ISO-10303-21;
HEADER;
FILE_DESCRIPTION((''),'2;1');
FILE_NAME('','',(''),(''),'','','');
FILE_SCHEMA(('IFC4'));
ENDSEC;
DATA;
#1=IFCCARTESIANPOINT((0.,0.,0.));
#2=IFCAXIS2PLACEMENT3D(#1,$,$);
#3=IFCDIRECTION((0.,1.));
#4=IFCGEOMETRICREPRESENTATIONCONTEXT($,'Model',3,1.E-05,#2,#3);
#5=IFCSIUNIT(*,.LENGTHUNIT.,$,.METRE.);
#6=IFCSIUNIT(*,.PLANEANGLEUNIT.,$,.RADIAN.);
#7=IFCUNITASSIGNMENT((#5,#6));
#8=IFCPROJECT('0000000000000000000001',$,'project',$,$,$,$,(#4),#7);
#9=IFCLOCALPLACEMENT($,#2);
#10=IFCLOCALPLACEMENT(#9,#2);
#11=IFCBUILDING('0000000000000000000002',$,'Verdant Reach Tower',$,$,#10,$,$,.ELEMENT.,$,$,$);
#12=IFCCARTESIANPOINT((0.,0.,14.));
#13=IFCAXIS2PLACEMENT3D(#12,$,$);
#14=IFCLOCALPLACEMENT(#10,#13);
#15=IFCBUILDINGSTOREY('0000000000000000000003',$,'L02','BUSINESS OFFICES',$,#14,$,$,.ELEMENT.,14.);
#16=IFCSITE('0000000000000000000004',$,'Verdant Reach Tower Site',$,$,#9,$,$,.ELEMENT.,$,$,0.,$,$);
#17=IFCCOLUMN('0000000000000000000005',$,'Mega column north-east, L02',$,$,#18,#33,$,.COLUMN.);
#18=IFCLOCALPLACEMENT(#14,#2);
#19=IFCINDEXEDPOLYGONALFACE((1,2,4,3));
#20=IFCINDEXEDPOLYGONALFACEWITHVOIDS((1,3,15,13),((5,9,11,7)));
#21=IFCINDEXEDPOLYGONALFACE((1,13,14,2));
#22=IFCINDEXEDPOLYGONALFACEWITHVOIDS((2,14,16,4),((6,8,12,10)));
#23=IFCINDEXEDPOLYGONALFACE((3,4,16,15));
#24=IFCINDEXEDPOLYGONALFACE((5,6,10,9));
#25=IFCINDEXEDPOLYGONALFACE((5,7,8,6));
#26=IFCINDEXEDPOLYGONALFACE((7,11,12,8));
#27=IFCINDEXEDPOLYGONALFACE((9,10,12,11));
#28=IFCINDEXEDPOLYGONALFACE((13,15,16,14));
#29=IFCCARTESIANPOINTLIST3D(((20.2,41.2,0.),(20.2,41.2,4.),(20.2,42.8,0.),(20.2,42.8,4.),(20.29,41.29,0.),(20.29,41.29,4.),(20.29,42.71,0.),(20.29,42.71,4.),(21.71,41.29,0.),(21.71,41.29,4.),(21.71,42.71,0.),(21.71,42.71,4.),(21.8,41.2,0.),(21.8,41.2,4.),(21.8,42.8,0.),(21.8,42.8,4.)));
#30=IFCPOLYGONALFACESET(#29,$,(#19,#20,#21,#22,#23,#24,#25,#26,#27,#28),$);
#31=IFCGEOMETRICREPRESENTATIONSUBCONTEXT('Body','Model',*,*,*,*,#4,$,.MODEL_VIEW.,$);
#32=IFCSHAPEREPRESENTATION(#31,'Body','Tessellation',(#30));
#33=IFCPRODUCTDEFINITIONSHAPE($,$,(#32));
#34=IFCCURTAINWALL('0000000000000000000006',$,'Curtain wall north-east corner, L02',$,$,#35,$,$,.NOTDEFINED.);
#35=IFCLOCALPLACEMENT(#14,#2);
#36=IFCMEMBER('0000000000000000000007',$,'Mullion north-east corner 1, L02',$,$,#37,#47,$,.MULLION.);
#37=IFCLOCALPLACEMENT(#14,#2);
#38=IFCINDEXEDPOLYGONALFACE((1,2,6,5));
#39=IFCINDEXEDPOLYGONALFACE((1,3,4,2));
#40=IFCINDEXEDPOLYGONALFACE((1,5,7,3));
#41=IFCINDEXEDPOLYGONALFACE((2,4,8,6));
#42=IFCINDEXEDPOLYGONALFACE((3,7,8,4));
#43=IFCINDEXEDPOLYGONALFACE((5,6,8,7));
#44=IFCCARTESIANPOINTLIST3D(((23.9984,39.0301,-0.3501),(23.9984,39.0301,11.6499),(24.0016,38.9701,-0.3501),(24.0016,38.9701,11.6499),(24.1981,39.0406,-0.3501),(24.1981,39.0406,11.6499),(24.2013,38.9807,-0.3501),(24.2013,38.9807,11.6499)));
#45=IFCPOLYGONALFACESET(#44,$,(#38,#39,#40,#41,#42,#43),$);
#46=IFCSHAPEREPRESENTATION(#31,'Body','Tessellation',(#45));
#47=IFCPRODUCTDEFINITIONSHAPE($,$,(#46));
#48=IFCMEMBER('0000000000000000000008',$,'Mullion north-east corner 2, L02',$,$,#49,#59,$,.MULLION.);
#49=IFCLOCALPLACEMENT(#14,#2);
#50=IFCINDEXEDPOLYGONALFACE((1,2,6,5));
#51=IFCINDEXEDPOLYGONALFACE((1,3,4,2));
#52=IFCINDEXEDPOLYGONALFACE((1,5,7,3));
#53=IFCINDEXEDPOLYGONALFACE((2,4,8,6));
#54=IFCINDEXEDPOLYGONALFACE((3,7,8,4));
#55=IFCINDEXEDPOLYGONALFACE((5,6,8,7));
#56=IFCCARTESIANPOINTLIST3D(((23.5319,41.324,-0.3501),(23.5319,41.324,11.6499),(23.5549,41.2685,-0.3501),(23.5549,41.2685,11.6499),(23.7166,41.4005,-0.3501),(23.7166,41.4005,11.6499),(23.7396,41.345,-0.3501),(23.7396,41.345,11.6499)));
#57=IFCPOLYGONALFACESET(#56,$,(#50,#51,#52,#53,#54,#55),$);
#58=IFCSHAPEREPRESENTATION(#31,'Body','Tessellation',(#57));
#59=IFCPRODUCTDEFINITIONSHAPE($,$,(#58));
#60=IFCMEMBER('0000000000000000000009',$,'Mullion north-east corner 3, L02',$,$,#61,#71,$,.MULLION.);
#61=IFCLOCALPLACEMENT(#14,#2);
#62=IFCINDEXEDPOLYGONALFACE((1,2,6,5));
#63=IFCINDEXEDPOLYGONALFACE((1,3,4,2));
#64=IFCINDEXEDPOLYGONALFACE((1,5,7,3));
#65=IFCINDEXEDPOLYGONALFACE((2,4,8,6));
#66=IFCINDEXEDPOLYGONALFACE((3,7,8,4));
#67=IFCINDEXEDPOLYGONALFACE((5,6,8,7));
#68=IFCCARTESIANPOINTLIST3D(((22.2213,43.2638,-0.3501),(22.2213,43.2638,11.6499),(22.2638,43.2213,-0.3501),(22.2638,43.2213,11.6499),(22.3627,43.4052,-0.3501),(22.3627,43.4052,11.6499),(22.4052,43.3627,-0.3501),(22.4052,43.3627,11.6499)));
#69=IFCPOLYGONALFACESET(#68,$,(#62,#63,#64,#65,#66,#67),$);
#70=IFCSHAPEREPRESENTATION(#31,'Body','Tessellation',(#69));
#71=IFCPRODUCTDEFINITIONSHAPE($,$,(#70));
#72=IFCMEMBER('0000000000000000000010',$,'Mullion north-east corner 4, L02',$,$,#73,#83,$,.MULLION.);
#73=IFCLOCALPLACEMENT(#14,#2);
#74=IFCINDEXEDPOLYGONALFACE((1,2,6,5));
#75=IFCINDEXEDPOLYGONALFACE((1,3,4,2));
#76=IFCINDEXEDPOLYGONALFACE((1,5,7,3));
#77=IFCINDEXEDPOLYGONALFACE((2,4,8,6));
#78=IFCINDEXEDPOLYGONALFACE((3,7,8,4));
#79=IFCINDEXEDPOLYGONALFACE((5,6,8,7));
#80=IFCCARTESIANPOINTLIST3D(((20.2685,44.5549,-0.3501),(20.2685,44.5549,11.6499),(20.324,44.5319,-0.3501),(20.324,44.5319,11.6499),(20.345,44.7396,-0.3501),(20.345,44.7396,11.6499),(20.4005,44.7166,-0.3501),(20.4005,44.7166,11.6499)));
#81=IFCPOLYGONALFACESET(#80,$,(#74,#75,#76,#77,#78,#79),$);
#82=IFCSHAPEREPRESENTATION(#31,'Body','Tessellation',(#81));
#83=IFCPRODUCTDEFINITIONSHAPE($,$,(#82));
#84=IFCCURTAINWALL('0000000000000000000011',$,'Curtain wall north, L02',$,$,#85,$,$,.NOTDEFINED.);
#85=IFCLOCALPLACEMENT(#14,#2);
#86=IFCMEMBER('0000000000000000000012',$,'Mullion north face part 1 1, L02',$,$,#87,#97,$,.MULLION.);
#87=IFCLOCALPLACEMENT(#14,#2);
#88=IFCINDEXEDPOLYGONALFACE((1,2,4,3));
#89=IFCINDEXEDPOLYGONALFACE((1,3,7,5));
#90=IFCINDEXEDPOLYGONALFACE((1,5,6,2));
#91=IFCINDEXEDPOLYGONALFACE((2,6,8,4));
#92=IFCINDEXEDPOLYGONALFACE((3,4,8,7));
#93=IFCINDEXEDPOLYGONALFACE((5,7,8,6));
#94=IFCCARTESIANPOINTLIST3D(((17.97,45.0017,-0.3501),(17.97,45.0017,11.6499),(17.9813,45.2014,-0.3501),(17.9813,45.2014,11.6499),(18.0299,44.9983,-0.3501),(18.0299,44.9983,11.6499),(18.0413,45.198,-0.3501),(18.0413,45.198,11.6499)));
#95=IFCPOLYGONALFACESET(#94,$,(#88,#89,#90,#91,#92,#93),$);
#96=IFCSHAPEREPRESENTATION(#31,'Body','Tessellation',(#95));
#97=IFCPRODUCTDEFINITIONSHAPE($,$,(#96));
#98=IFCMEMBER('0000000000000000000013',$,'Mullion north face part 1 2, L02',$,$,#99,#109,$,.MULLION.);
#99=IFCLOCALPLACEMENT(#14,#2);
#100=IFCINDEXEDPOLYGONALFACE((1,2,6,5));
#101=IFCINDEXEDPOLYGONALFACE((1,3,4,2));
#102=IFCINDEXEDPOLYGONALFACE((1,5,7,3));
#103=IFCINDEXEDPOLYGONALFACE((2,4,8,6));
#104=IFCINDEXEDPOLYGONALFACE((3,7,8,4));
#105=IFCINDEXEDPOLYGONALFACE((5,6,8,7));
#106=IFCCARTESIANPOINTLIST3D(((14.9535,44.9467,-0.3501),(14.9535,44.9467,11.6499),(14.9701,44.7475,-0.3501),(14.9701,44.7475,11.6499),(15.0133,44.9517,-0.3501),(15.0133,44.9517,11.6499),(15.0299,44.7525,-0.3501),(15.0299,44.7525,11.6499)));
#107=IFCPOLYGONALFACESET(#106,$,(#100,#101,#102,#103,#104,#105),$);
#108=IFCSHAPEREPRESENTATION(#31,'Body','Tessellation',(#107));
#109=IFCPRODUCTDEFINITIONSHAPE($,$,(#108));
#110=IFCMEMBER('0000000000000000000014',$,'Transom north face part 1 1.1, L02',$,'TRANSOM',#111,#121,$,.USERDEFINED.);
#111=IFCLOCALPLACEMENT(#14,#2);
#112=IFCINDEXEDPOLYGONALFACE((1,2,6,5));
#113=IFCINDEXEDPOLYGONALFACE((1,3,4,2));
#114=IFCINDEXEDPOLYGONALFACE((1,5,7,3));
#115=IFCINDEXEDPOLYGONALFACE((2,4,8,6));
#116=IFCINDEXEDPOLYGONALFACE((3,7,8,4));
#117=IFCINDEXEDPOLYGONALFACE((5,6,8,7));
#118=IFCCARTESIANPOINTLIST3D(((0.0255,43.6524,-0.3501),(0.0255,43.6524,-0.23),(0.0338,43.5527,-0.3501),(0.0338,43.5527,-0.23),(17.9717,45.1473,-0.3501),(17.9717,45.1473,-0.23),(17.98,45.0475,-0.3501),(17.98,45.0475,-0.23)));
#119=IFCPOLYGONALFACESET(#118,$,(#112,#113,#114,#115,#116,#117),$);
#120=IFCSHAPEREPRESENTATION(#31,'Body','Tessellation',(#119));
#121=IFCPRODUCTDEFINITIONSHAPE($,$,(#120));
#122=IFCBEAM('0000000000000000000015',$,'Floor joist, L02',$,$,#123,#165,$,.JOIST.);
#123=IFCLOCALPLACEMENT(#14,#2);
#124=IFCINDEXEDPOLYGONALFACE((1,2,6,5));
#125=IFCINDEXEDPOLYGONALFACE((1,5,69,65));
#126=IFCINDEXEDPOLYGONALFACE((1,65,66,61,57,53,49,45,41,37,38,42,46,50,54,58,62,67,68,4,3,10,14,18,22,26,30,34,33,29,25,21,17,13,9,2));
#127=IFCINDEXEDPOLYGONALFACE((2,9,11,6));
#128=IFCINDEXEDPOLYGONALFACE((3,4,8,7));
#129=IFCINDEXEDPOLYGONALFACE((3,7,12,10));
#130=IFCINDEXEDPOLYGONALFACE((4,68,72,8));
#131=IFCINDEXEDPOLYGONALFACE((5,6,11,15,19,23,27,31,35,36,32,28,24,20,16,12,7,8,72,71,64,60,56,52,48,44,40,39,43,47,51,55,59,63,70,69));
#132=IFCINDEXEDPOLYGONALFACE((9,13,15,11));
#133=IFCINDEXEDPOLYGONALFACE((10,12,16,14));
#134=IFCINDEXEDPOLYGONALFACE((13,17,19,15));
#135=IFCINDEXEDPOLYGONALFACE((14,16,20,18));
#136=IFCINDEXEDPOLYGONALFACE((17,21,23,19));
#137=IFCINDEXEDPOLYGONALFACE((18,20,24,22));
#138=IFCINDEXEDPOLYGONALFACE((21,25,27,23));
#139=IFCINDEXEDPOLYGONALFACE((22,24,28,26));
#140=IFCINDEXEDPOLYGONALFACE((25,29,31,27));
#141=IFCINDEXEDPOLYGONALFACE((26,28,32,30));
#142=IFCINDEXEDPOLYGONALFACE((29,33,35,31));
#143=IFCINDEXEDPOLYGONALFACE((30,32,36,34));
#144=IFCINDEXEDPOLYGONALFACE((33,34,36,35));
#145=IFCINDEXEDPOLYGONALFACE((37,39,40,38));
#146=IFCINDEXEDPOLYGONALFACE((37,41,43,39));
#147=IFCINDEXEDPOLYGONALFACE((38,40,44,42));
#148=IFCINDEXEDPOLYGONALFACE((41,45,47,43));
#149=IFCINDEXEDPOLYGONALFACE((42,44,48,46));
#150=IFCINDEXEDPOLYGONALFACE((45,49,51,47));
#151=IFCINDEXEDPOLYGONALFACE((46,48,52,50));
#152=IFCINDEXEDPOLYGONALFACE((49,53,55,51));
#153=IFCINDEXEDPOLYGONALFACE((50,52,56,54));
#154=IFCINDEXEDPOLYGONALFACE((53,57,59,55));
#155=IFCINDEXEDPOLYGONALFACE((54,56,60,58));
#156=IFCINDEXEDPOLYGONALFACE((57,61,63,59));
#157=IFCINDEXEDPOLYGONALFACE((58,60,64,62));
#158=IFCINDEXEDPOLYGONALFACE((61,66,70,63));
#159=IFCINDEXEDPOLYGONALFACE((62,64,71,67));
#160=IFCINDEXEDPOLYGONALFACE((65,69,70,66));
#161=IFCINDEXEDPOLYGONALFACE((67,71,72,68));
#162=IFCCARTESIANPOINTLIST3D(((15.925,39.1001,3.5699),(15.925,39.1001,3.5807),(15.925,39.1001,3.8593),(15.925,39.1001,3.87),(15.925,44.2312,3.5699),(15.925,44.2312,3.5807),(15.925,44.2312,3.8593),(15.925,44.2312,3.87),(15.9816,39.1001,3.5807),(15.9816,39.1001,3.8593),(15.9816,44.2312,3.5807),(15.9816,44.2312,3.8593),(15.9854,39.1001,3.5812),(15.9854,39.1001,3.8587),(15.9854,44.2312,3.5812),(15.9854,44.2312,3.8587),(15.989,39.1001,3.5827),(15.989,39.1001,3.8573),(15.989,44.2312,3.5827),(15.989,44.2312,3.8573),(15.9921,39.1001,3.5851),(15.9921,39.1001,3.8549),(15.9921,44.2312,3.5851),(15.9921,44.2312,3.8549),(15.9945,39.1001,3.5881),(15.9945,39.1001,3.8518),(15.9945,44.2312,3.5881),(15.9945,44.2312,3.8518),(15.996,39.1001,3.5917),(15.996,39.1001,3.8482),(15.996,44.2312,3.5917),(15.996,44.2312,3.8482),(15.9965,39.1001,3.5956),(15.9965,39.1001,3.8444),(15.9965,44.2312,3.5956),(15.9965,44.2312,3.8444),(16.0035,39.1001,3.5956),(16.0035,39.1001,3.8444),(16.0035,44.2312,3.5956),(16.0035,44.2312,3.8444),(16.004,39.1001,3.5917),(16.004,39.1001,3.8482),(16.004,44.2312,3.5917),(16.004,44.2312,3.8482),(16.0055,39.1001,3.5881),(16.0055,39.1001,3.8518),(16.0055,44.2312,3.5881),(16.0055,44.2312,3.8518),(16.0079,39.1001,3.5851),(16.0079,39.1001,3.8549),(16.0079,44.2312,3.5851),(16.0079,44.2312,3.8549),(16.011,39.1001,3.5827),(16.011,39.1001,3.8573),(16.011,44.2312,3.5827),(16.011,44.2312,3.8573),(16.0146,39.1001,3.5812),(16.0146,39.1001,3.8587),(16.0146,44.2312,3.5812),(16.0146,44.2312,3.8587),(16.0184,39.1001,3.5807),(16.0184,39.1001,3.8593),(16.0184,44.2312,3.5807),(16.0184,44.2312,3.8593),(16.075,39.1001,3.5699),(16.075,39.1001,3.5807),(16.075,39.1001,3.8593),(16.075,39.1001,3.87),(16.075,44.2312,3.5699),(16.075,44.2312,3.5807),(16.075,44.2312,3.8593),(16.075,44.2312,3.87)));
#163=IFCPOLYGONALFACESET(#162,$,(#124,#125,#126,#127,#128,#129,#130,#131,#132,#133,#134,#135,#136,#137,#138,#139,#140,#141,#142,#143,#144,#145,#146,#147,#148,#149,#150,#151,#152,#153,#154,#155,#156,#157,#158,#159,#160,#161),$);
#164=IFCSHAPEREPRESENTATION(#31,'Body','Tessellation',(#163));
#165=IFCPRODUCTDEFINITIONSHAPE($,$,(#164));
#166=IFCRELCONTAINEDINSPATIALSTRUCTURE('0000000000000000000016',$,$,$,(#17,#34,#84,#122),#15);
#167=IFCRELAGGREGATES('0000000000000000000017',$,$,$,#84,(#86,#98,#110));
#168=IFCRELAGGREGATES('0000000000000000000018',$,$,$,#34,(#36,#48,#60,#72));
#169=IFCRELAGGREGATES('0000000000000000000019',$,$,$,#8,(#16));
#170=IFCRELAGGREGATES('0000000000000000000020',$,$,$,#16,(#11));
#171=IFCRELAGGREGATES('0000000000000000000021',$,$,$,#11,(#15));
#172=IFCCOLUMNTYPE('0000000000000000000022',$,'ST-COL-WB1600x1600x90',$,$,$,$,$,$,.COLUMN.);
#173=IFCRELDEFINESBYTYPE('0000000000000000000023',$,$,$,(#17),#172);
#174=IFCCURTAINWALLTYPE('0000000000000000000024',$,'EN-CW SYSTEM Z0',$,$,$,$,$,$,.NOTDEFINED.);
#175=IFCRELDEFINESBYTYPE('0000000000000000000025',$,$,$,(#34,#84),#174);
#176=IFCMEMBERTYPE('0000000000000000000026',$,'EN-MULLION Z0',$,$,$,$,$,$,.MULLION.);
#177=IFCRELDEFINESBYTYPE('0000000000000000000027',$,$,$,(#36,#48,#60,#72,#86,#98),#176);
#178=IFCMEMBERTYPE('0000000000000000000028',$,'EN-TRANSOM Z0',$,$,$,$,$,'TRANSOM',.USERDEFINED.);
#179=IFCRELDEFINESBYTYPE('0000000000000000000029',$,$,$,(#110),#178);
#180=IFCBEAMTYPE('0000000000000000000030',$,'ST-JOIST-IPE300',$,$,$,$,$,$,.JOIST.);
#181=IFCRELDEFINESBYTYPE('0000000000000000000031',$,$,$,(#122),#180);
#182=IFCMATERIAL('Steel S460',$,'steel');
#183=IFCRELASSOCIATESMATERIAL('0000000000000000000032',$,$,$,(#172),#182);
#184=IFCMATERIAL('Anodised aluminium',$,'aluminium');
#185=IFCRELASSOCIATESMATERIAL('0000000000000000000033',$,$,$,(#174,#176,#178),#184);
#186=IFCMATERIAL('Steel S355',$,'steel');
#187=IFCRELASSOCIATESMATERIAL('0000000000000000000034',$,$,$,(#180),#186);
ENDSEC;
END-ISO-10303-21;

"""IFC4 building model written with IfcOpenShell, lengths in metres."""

from ifc_helpers import new_model, si_unit, direction, frame, origin, origin_2d, place, context, subcontext, project, spatial, rectangle, hollow_rectangle, i_section, extrude, material, material_profile, profile_set, type_object, element, aggregate, save


model = new_model("IFC4")

# Units and contexts
model_context = context("Model", 3, precision=1e-05, world=origin(), true_north=direction((0.0, 1.0)))
body_context = subcontext(model_context, "Body", "Model", "MODEL_VIEW")
ifc_project = project(units=[si_unit("LENGTHUNIT", "METRE"), si_unit("PLANEANGLEUNIT", "RADIAN")], contexts=[model_context])

# Site, building, storey
site_placement = place(None, origin())
site = spatial("IfcSite", under=ifc_project, at=site_placement, Name="Verdant Reach Tower Site", CompositionType="ELEMENT", RefElevation=0.0)
building_placement = place(site_placement, origin())
building = spatial("IfcBuilding", under=site, at=building_placement, Name="Verdant Reach Tower", CompositionType="ELEMENT")
storey_placement = place(building_placement, frame((0.0, 0.0, 14.0)))
storey = spatial("IfcBuildingStorey", under=building, at=storey_placement, Name="L02", Description="BUSINESS OFFICES", CompositionType="ELEMENT", Elevation=14.0)

# Column
ifc_material_1 = material(Name="Steel S460", Category="steel")
ifc_material_profile_1 = material_profile(ifc_material_1, hollow_rectangle(XDim=1.6001, YDim=1.6001, WallThickness=0.0901, at=origin_2d()), Name="WB 1600x1600x90")
ifc_profile_set_1 = profile_set([ifc_material_profile_1], Name="Steel S460")
column_type = type_object("IfcColumnType", Name="ST-COL-WB1600x1600x90", PredefinedType="COLUMN", material=ifc_profile_set_1)
column_placement = place(storey_placement, frame((21.0, 42.0, 0.0), z_axis=(0.0, 0.0, 1.0), x_axis=(1.0, 0.0, 0.0)))
element("IfcColumn", 1, at=column_placement, inside=storey, type_object=column_type, Name="Mega column north-east, L02", PredefinedType="COLUMN", context=body_context, shape_type="SweptSolid", body=[
    extrude(hollow_rectangle(XDim=1.6001, YDim=1.6001, WallThickness=0.0901, at=origin_2d()), origin(), (0.0, 0.0, 1.0), 4.0),
])

# Curtain walls, members
ifc_material_2 = material(Name="Anodised aluminium", Category="aluminium")
curtain_wall_type = type_object("IfcCurtainWallType", Name="EN-CW SYSTEM Z0", PredefinedType="NOTDEFINED", material=ifc_material_2)
curtain_wall_1_placement = place(storey_placement, origin())
curtain_wall_1 = element("IfcCurtainWall", 2, at=curtain_wall_1_placement, inside=storey, type_object=curtain_wall_type, Name="Curtain wall north-east corner, L02", PredefinedType="NOTDEFINED")
ifc_material_profile_2 = material_profile(ifc_material_2, rectangle(XDim=0.2, YDim=0.0601, at=origin_2d()), Name="Mullion 60x200")
ifc_profile_set_2 = profile_set([ifc_material_profile_2], Name="Anodised aluminium")
member_type_1 = type_object("IfcMemberType", Name="EN-MULLION Z0", PredefinedType="MULLION", material=ifc_profile_set_2)
member_1_placement = place(storey_placement, frame((24.0999, 39.0054, -0.3501), z_axis=(0.0, 0.0, 1.0), x_axis=(0.998604, 0.052815, 0.0)))
member_1 = element("IfcMember", 3, at=member_1_placement, type_object=member_type_1, Name="Mullion north-east corner 1, L02", PredefinedType="MULLION", context=body_context, shape_type="SweptSolid", body=[
    extrude(rectangle(XDim=0.2, YDim=0.0601, at=origin_2d()), origin(), (0.0, 0.0, 1.0), 12.0),
])
member_2_placement = place(storey_placement, frame((23.6357, 41.3345, -0.3501), z_axis=(0.0, 0.0, 1.0), x_axis=(0.923875, 0.382694, 0.0)))
member_2 = element("IfcMember", 4, at=member_2_placement, type_object=member_type_1, Name="Mullion north-east corner 2, L02", PredefinedType="MULLION", context=body_context, shape_type="SweptSolid", body=[
    extrude(rectangle(XDim=0.2, YDim=0.0601, at=origin_2d()), origin(), (0.0, 0.0, 1.0), 12.0),
])
member_3_placement = place(storey_placement, frame((22.3132, 43.3132, -0.3501), z_axis=(0.0, 0.0, 1.0), x_axis=(0.707107, 0.707107, 0.0)))
member_3 = element("IfcMember", 5, at=member_3_placement, type_object=member_type_1, Name="Mullion north-east corner 3, L02", PredefinedType="MULLION", context=body_context, shape_type="SweptSolid", body=[
    extrude(rectangle(XDim=0.2, YDim=0.0601, at=origin_2d()), origin(), (0.0, 0.0, 1.0), 12.0),
])
member_4_placement = place(storey_placement, frame((20.3345, 44.6357, -0.3501), z_axis=(0.0, 0.0, 1.0), x_axis=(0.382694, 0.923875, 0.0)))
member_4 = element("IfcMember", 6, at=member_4_placement, type_object=member_type_1, Name="Mullion north-east corner 4, L02", PredefinedType="MULLION", context=body_context, shape_type="SweptSolid", body=[
    extrude(rectangle(XDim=0.2, YDim=0.0601, at=origin_2d()), origin(), (0.0, 0.0, 1.0), 12.0),
])
curtain_wall_2_placement = place(storey_placement, origin())
curtain_wall_2 = element("IfcCurtainWall", 7, at=curtain_wall_2_placement, inside=storey, type_object=curtain_wall_type, Name="Curtain wall north, L02", PredefinedType="NOTDEFINED")
member_5_placement = place(storey_placement, frame((18.0056, 45.0999, -0.3501), z_axis=(0.0, 0.0, 1.0), x_axis=(0.056569, 0.998399, 0.0)))
member_5 = element("IfcMember", 8, at=member_5_placement, type_object=member_type_1, Name="Mullion north face part 1 1, L02", PredefinedType="MULLION", context=body_context, shape_type="SweptSolid", body=[
    extrude(rectangle(XDim=0.2, YDim=0.0601, at=origin_2d()), origin(), (0.0, 0.0, 1.0), 12.0),
])
member_6_placement = place(storey_placement, frame((14.9917, 44.8496, -0.3501), z_axis=(0.0, 0.0, 1.0), x_axis=(-0.083045, 0.996546, 0.0)))
member_6 = element("IfcMember", 9, at=member_6_placement, type_object=member_type_1, Name="Mullion north face part 1 2, L02", PredefinedType="MULLION", context=body_context, shape_type="SweptSolid", body=[
    extrude(rectangle(XDim=0.2, YDim=0.0601, at=origin_2d()), origin(), (0.0, 0.0, 1.0), 12.0),
])
ifc_material_profile_3 = material_profile(ifc_material_2, rectangle(XDim=0.1001, YDim=0.1201, at=origin_2d()), Name="Transom 120x100")
ifc_profile_set_3 = profile_set([ifc_material_profile_3], Name="Anodised aluminium")
member_type_2 = type_object("IfcMemberType", Name="EN-TRANSOM Z0", ElementType="TRANSOM", PredefinedType="USERDEFINED", material=ifc_profile_set_3)
member_7_placement = place(storey_placement, frame((17.9758, 45.0974, -0.29), z_axis=(-0.996549, -0.083011, 0.0), x_axis=(0.083011, -0.996549, 0.0)))
member_7 = element("IfcMember", 10, at=member_7_placement, type_object=member_type_2, Name="Transom north face part 1 1.1, L02", ObjectType="TRANSOM", PredefinedType="USERDEFINED", context=body_context, shape_type="SweptSolid", body=[
    extrude(rectangle(XDim=0.1001, YDim=0.1201, at=origin_2d()), origin(), (0.0, 0.0, 1.0), 18.0083),
])

# Beam
ifc_material_3 = material(Name="Steel S355", Category="steel")
ifc_material_profile_4 = material_profile(ifc_material_3, i_section(OverallWidth=0.1499, OverallDepth=0.3, WebThickness=0.0071, FlangeThickness=0.0107, FilletRadius=0.0149, at=origin_2d()), Name="IPE 300")
ifc_profile_set_4 = profile_set([ifc_material_profile_4], Name="Steel S355")
beam_type_1 = type_object("IfcBeamType", Name="ST-JOIST-IPE300", PredefinedType="JOIST", material=ifc_profile_set_4)
beam_1_placement = place(storey_placement, frame((16.0, 39.1001, 3.72), z_axis=(0.0, 1.0, 0.0), x_axis=(-1.0, 0.0, 0.0)))
element("IfcBeam", 11, at=beam_1_placement, inside=storey, type_object=beam_type_1, Name="Floor joist, L02", PredefinedType="JOIST", context=body_context, shape_type="SweptSolid", body=[
    extrude(i_section(OverallWidth=0.1499, OverallDepth=0.3, WebThickness=0.0071, FlangeThickness=0.0107, FilletRadius=0.0149, at=origin_2d()), origin(), (0.0, 0.0, 1.0), 5.1311),
])

aggregate(curtain_wall_2, [member_5, member_6, member_7])
aggregate(curtain_wall_1, [member_1, member_2, member_3, member_4])

save(model, "model.ifc")
